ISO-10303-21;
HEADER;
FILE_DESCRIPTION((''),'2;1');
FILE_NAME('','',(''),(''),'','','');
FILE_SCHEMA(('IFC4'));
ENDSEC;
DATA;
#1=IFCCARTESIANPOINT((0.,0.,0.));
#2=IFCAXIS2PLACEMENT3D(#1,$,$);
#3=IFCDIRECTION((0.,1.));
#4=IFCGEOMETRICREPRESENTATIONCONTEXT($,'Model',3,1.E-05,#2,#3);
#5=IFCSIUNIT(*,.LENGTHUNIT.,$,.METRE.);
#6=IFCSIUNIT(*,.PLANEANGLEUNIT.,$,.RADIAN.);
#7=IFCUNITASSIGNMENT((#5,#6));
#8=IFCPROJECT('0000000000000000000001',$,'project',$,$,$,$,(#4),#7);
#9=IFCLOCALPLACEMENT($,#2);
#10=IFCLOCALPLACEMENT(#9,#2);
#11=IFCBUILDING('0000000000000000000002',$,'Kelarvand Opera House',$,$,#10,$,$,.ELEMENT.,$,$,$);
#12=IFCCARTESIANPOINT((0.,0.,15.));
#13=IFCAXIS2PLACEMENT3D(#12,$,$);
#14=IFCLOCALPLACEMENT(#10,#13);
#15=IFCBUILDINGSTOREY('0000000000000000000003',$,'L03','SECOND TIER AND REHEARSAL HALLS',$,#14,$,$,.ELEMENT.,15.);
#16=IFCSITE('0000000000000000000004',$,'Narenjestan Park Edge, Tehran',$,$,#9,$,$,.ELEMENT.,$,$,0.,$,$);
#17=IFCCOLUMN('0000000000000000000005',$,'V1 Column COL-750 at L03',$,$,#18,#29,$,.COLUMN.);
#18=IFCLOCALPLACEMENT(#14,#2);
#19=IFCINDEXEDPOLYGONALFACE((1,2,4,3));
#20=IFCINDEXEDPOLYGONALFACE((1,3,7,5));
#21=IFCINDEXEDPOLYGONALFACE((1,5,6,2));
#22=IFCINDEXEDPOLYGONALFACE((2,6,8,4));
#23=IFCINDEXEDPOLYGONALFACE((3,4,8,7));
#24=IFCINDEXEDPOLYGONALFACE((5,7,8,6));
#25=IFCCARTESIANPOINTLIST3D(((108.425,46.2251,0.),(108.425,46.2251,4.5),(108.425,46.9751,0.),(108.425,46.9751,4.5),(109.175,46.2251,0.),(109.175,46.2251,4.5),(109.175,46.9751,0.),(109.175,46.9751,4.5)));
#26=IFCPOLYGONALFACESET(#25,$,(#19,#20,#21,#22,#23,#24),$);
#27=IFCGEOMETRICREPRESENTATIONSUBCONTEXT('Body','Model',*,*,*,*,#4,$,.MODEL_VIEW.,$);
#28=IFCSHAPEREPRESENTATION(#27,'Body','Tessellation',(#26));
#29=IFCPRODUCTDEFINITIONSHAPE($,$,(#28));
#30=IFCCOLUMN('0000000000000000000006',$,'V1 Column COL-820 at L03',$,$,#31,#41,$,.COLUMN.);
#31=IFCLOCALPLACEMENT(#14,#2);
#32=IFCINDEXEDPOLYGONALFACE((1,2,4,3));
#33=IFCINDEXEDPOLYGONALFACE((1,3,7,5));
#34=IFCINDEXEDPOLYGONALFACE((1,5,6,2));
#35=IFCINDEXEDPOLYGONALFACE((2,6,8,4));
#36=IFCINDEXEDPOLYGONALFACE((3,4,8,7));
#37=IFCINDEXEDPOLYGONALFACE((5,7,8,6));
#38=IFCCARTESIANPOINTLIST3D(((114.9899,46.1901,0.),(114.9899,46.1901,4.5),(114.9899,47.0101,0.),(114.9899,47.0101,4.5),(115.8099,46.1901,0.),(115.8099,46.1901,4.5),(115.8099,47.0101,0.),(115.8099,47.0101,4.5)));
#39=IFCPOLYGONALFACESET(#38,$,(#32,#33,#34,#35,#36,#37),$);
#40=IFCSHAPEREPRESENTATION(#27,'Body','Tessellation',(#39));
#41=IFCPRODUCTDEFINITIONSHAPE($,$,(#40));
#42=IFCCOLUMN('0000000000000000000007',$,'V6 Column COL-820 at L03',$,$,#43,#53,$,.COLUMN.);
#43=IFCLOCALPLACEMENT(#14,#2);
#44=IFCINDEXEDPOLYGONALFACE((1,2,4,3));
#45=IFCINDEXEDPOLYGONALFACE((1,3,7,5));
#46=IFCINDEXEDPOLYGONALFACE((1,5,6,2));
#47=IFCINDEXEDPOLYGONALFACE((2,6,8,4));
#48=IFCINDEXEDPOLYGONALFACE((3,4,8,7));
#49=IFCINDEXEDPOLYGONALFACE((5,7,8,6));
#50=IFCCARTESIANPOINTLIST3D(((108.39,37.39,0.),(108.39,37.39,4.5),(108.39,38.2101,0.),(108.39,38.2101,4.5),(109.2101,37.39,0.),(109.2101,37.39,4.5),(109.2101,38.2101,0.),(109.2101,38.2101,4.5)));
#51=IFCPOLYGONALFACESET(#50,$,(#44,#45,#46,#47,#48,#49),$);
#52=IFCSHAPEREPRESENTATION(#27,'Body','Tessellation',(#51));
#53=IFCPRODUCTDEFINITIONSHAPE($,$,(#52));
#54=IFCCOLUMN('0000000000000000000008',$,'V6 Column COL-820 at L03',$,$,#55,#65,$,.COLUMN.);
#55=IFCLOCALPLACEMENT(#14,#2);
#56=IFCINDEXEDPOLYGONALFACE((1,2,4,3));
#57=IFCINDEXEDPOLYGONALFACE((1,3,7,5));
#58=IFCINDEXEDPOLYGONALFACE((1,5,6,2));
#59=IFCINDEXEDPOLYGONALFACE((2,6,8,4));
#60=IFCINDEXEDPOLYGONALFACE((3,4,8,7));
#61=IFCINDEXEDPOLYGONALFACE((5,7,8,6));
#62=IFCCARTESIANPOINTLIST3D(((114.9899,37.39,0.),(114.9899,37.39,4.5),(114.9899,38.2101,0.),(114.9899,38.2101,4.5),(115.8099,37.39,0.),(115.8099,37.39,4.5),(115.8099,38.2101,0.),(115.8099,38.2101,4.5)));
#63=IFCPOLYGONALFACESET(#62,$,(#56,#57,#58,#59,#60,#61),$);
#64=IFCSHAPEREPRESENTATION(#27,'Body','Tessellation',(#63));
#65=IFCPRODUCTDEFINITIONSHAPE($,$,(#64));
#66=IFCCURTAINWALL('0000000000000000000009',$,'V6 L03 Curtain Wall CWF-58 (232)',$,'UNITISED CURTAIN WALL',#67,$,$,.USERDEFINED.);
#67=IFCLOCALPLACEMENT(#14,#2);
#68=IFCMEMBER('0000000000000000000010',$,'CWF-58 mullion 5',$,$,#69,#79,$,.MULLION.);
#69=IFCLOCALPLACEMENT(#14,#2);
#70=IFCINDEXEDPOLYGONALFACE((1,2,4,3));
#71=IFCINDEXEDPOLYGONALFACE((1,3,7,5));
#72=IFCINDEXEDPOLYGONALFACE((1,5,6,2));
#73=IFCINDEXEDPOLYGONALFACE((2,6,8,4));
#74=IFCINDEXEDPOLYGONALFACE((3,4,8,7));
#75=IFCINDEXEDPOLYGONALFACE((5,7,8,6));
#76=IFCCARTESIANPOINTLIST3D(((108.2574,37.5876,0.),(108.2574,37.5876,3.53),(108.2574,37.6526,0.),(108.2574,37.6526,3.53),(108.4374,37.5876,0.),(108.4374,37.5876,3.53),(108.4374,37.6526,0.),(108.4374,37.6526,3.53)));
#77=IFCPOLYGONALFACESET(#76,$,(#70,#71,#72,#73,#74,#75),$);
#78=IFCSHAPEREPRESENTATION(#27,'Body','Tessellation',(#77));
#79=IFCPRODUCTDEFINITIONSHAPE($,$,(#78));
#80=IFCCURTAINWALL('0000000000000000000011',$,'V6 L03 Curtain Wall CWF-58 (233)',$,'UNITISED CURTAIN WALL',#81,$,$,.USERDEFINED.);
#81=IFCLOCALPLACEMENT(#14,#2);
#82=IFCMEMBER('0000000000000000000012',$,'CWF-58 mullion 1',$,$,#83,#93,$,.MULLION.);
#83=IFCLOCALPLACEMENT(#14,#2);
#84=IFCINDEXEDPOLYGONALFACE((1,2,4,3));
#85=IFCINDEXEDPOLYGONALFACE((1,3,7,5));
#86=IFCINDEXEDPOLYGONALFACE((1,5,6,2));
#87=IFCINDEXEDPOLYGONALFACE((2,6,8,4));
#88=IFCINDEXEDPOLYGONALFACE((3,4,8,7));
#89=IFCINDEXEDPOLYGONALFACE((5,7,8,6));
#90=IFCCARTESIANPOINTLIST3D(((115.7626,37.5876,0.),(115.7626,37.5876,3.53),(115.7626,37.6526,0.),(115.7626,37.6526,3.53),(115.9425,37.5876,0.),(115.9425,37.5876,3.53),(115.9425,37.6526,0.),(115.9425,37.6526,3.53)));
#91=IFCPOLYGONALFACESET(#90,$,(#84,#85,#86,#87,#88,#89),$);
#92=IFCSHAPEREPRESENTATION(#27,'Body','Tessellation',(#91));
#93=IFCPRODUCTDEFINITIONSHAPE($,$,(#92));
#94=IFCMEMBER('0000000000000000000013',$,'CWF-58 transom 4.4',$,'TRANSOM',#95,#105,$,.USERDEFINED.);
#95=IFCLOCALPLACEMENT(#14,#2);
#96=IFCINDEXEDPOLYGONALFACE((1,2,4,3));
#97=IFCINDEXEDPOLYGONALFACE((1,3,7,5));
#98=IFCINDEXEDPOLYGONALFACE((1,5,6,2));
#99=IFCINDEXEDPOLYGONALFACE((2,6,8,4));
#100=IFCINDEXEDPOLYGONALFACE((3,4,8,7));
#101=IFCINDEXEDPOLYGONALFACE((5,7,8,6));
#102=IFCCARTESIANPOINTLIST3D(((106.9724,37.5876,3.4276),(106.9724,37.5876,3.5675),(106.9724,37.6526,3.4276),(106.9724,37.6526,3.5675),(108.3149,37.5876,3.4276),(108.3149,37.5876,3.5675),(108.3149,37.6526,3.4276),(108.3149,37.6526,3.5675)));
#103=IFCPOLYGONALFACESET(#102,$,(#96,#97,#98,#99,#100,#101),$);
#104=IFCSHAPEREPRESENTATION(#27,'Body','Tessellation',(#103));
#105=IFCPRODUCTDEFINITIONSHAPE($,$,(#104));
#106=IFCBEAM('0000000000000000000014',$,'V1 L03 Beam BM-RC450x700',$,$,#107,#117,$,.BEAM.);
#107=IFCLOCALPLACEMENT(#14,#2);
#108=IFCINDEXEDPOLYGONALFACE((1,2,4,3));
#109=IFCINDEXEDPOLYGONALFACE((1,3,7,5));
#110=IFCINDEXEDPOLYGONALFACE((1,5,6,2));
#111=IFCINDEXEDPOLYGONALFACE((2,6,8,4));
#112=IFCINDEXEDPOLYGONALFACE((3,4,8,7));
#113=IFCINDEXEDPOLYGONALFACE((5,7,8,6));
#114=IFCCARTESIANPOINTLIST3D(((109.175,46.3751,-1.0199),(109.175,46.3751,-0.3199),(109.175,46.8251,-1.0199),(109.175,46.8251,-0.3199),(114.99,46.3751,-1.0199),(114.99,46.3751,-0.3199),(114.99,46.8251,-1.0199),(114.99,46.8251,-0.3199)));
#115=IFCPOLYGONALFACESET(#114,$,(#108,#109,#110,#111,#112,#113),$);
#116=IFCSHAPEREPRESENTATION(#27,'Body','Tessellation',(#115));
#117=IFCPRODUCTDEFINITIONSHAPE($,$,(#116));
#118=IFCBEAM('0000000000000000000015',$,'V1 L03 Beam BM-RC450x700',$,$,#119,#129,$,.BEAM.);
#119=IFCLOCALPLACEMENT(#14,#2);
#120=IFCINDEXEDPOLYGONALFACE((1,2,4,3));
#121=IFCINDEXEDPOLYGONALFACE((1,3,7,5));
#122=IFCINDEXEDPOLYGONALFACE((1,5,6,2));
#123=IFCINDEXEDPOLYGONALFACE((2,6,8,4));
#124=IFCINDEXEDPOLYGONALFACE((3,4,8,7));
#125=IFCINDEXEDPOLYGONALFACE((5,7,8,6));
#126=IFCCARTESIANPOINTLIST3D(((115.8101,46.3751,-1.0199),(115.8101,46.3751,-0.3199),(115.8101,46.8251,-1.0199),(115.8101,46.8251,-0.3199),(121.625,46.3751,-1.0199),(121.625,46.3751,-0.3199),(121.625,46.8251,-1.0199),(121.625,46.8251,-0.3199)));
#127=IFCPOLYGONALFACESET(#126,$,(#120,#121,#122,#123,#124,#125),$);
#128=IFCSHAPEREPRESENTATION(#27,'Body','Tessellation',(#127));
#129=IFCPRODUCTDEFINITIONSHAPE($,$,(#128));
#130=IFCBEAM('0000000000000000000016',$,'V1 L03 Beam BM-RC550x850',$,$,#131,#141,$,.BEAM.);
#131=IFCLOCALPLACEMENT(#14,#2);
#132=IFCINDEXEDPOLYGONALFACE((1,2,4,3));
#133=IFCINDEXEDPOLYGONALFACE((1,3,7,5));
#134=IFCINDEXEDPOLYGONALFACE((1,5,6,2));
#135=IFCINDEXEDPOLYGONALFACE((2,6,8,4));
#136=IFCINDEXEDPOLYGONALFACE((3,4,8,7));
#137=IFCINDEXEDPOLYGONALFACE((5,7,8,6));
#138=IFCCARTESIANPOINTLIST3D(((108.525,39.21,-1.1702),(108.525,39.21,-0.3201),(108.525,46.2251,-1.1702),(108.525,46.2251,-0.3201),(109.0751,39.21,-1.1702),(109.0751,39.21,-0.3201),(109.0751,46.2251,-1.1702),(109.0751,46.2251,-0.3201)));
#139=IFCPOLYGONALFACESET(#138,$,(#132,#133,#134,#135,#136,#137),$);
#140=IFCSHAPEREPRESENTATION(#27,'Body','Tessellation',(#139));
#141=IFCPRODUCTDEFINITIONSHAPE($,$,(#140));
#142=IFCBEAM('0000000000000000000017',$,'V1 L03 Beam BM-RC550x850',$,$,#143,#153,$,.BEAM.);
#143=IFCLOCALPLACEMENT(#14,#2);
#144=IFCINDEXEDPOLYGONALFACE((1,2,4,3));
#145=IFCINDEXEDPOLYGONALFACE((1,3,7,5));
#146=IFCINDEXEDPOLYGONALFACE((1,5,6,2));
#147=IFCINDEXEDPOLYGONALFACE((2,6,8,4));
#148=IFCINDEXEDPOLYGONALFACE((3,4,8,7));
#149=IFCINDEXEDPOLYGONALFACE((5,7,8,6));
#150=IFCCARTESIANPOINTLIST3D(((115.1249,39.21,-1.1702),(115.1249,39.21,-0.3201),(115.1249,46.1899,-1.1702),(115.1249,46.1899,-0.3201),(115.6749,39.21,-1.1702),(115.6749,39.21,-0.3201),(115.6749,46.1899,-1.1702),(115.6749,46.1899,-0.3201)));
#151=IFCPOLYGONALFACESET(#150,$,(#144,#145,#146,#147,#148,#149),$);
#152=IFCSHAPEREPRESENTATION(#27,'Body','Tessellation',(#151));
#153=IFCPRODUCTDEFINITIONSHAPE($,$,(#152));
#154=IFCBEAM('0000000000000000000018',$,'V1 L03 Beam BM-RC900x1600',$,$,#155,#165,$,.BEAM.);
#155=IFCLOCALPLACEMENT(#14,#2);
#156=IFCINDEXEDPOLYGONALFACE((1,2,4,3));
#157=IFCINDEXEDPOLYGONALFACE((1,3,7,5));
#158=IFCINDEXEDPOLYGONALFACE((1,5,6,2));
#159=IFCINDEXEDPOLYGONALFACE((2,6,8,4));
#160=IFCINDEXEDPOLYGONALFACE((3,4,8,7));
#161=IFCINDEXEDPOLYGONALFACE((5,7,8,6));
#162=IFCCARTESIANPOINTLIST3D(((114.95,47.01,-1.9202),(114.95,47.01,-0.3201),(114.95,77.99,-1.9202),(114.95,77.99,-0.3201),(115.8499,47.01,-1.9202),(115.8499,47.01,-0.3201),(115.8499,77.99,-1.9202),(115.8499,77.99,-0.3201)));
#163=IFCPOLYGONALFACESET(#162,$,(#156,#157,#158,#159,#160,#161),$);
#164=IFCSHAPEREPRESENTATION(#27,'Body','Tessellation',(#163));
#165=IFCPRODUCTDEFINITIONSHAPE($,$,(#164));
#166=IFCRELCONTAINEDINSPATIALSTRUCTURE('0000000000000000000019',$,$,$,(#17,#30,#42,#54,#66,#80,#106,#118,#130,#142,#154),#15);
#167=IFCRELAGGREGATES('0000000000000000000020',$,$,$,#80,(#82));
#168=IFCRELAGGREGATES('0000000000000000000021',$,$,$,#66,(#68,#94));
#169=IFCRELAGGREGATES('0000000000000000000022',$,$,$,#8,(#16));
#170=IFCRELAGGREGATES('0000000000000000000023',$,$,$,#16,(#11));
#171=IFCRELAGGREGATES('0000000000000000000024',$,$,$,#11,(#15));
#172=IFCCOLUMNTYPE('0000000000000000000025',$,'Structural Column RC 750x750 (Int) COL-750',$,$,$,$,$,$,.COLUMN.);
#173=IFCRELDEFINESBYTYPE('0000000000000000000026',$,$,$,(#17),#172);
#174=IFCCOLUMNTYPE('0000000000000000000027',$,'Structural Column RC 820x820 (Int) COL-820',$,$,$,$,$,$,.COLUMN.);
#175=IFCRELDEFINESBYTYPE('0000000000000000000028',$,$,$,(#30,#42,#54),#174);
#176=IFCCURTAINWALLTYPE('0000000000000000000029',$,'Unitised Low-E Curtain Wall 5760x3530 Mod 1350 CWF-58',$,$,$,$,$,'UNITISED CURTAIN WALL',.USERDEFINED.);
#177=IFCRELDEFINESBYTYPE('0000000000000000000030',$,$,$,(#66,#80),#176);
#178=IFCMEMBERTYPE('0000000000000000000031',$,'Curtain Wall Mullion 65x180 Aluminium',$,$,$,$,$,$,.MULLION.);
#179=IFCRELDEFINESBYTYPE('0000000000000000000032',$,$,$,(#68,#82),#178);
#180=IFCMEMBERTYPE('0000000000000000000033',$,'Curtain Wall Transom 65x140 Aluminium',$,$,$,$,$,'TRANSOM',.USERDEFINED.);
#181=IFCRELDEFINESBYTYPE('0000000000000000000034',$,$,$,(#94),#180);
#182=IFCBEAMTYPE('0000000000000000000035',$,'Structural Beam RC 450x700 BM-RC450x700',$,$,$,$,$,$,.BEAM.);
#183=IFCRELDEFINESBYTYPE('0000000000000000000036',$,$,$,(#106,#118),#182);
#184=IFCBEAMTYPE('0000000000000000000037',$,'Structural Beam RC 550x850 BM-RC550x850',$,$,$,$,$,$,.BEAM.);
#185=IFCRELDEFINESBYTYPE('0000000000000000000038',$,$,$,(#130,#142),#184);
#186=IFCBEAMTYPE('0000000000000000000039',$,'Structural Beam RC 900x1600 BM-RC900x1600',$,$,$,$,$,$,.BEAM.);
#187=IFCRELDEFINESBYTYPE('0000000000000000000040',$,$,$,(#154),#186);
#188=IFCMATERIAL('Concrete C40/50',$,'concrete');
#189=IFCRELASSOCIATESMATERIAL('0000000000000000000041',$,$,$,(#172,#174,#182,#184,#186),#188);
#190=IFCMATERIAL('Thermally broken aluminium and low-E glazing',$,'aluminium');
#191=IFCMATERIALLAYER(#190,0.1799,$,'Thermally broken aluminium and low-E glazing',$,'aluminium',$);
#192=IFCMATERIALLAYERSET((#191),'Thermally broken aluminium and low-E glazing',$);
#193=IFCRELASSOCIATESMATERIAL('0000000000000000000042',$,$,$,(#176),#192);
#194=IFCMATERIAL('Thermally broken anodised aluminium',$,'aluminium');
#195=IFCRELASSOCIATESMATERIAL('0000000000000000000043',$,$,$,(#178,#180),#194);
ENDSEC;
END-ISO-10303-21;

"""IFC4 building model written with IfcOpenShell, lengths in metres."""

from ifc_helpers import new_model, si_unit, direction, frame, origin, origin_2d, place, context, subcontext, project, spatial, rectangle, extrude, material, layer, layer_set, material_profile, profile_set, type_object, element, aggregate, save


model = new_model("IFC4")

# Units and contexts
model_context = context("Model", 3, precision=1e-05, world=origin(), true_north=direction((0.0, 1.0)))
body_context = subcontext(model_context, "Body", "Model", "MODEL_VIEW")
ifc_project = project(units=[si_unit("LENGTHUNIT", "METRE"), si_unit("PLANEANGLEUNIT", "RADIAN")], contexts=[model_context])

# Site, building, storey
site_placement = place(None, origin())
site = spatial("IfcSite", under=ifc_project, at=site_placement, Name="Narenjestan Park Edge, Tehran", CompositionType="ELEMENT", RefElevation=0.0)
building_placement = place(site_placement, origin())
building = spatial("IfcBuilding", under=site, at=building_placement, Name="Kelarvand Opera House", CompositionType="ELEMENT")
storey_placement = place(building_placement, frame((0.0, 0.0, 15.0)))
storey = spatial("IfcBuildingStorey", under=building, at=storey_placement, Name="L03", Description="SECOND TIER AND REHEARSAL HALLS", CompositionType="ELEMENT", Elevation=15.0)

# Columns
ifc_material_1 = material(Name="Concrete C40/50", Category="concrete")
ifc_material_profile_1 = material_profile(ifc_material_1, rectangle(XDim=0.75, YDim=0.75, at=origin_2d()), Name="RC 750x750", Category="concrete")
ifc_profile_set_1 = profile_set([ifc_material_profile_1], Name="Concrete C40/50")
column_type_1 = type_object("IfcColumnType", Name="Structural Column RC 750x750 (Int) COL-750", PredefinedType="COLUMN", material=ifc_profile_set_1)
column_placement = place(storey_placement, frame((108.8, 46.6001, 0.0), z_axis=(0.0, 0.0, 1.0), x_axis=(1.0, 0.0, 0.0)))
element("IfcColumn", 1, at=column_placement, inside=storey, type_object=column_type_1, Name="V1 Column COL-750 at L03", PredefinedType="COLUMN", context=body_context, shape_type="SweptSolid", body=[
    extrude(rectangle(XDim=0.75, YDim=0.75, at=origin_2d()), origin(), (0.0, 0.0, 1.0), 4.5),
])
ifc_material_profile_2 = material_profile(ifc_material_1, rectangle(XDim=0.8201, YDim=0.8201, at=origin_2d()), Name="RC 820x820", Category="concrete")
ifc_profile_set_2 = profile_set([ifc_material_profile_2], Name="Concrete C40/50")
column_type_2 = type_object("IfcColumnType", Name="Structural Column RC 820x820 (Int) COL-820", PredefinedType="COLUMN", material=ifc_profile_set_2)
for number, where, z_axis, x_axis, name in (
    (2, (115.3999, 46.6001, 0.0), (0.0, 0.0, 1.0), (1.0, 0.0, 0.0), "V1 Column COL-820 at L03"),
    (3, (108.8, 37.8, 0.0), (0.0, 0.0, 1.0), (1.0, 0.0, 0.0), "V6 Column COL-820 at L03"),
    (4, (115.3999, 37.8, 0.0), (0.0, 0.0, 1.0), (1.0, 0.0, 0.0), "V6 Column COL-820 at L03"),
):
    element("IfcColumn", number, at=place(storey_placement, frame(where, z_axis=z_axis, x_axis=x_axis)), inside=storey, type_object=column_type_2, Name=name, PredefinedType="COLUMN", context=body_context, shape_type="SweptSolid", body=[
        extrude(rectangle(XDim=0.8201, YDim=0.8201, at=origin_2d()), origin(), (0.0, 0.0, 1.0), 4.5),
    ])

# Curtain walls, members
ifc_material_2 = material(Name="Thermally broken aluminium and low-E glazing", Category="aluminium")
ifc_layer_1 = layer(ifc_material_2, 0.1799, Name="Thermally broken aluminium and low-E glazing", Category="aluminium")
ifc_layer_set_1 = layer_set([ifc_layer_1], Name="Thermally broken aluminium and low-E glazing")
curtain_wall_type = type_object("IfcCurtainWallType", Name="Unitised Low-E Curtain Wall 5760x3530 Mod 1350 CWF-58", ElementType="UNITISED CURTAIN WALL", PredefinedType="USERDEFINED", material=ifc_layer_set_1)
curtain_wall_1_placement = place(storey_placement, origin())
curtain_wall_1 = element("IfcCurtainWall", 5, at=curtain_wall_1_placement, inside=storey, type_object=curtain_wall_type, Name="V6 L03 Curtain Wall CWF-58 (232)", ObjectType="UNITISED CURTAIN WALL", PredefinedType="USERDEFINED")
ifc_material_3 = material(Name="Thermally broken anodised aluminium", Category="aluminium")
ifc_material_profile_3 = material_profile(ifc_material_3, rectangle(XDim=0.0649, YDim=0.1799, at=origin_2d()), Name="ALU MULLION 65x180", Category="aluminium")
ifc_profile_set_3 = profile_set([ifc_material_profile_3], Name="Thermally broken anodised aluminium")
member_type_1 = type_object("IfcMemberType", Name="Curtain Wall Mullion 65x180 Aluminium", PredefinedType="MULLION", material=ifc_profile_set_3)
member_1_placement = place(storey_placement, frame((108.3474, 37.6201, 0.0), z_axis=(0.0, 0.0, 1.0), x_axis=(0.0, 1.0, 0.0)))
member_1 = element("IfcMember", 6, at=member_1_placement, type_object=member_type_1, Name="CWF-58 mullion 5", PredefinedType="MULLION", context=body_context, shape_type="SweptSolid", body=[
    extrude(rectangle(XDim=0.0649, YDim=0.1799, at=origin_2d()), origin(), (0.0, 0.0, 1.0), 3.53),
])
curtain_wall_2_placement = place(storey_placement, origin())
curtain_wall_2 = element("IfcCurtainWall", 7, at=curtain_wall_2_placement, inside=storey, type_object=curtain_wall_type, Name="V6 L03 Curtain Wall CWF-58 (233)", ObjectType="UNITISED CURTAIN WALL", PredefinedType="USERDEFINED")
member_2_placement = place(storey_placement, frame((115.8525, 37.6201, 0.0), z_axis=(0.0, 0.0, 1.0), x_axis=(0.0, 1.0, 0.0)))
member_2 = element("IfcMember", 8, at=member_2_placement, type_object=member_type_1, Name="CWF-58 mullion 1", PredefinedType="MULLION", context=body_context, shape_type="SweptSolid", body=[
    extrude(rectangle(XDim=0.0649, YDim=0.1799, at=origin_2d()), origin(), (0.0, 0.0, 1.0), 3.53),
])
aggregate(curtain_wall_2, [member_2])

# Member
ifc_material_profile_4 = material_profile(ifc_material_3, rectangle(XDim=0.0649, YDim=0.1399, at=origin_2d()), Name="ALU TRANSOM 65x140", Category="aluminium")
ifc_profile_set_4 = profile_set([ifc_material_profile_4], Name="Thermally broken anodised aluminium")
member_type_2 = type_object("IfcMemberType", Name="Curtain Wall Transom 65x140 Aluminium", ElementType="TRANSOM", PredefinedType="USERDEFINED", material=ifc_profile_set_4)
member_3_placement = place(storey_placement, frame((106.9724, 37.6201, 3.4976), z_axis=(1.0, 0.0, 0.0), x_axis=(0.0, 1.0, 0.0)))
member_3 = element("IfcMember", 9, at=member_3_placement, type_object=member_type_2, Name="CWF-58 transom 4.4", ObjectType="TRANSOM", PredefinedType="USERDEFINED", context=body_context, shape_type="SweptSolid", body=[
    extrude(rectangle(XDim=0.0649, YDim=0.1399, at=origin_2d()), origin(), (0.0, 0.0, 1.0), 1.3425),
])

# Beams
ifc_material_profile_5 = material_profile(ifc_material_1, rectangle(XDim=0.45, YDim=0.7, at=origin_2d()), Name="RC 450x700", Category="concrete")
ifc_profile_set_5 = profile_set([ifc_material_profile_5], Name="Concrete C40/50")
beam_type_1 = type_object("IfcBeamType", Name="Structural Beam RC 450x700 BM-RC450x700", PredefinedType="BEAM", material=ifc_profile_set_5)
for number, where, z_axis, x_axis, name in (
    (10, (109.175, 46.6001, -0.6699), (1.0, 0.0, 0.0), (0.0, 1.0, 0.0), "V1 L03 Beam BM-RC450x700"),
    (11, (115.8101, 46.6001, -0.6699), (1.0, 0.0, 0.0), (0.0, 1.0, 0.0), "V1 L03 Beam BM-RC450x700"),
):
    element("IfcBeam", number, at=place(storey_placement, frame(where, z_axis=z_axis, x_axis=x_axis)), inside=storey, type_object=beam_type_1, Name=name, PredefinedType="BEAM", context=body_context, shape_type="SweptSolid", body=[
        extrude(rectangle(XDim=0.45, YDim=0.7, at=origin_2d()), origin(), (0.0, 0.0, 1.0), 5.8149),
    ])
ifc_material_profile_6 = material_profile(ifc_material_1, rectangle(XDim=0.55, YDim=0.8501, at=origin_2d()), Name="RC 550x850", Category="concrete")
ifc_profile_set_6 = profile_set([ifc_material_profile_6], Name="Concrete C40/50")
beam_type_2 = type_object("IfcBeamType", Name="Structural Beam RC 550x850 BM-RC550x850", PredefinedType="BEAM", material=ifc_profile_set_6)
beam_1_placement = place(storey_placement, frame((108.8, 39.21, -0.7451), z_axis=(0.0, 1.0, 0.0), x_axis=(-1.0, 0.0, 0.0)))
element("IfcBeam", 12, at=beam_1_placement, inside=storey, type_object=beam_type_2, Name="V1 L03 Beam BM-RC550x850", PredefinedType="BEAM", context=body_context, shape_type="SweptSolid", body=[
    extrude(rectangle(XDim=0.55, YDim=0.8501, at=origin_2d()), origin(), (0.0, 0.0, 1.0), 7.0151),
])
beam_2_placement = place(storey_placement, frame((115.3999, 39.21, -0.7451), z_axis=(0.0, 1.0, 0.0), x_axis=(-1.0, 0.0, 0.0)))
element("IfcBeam", 13, at=beam_2_placement, inside=storey, type_object=beam_type_2, Name="V1 L03 Beam BM-RC550x850", PredefinedType="BEAM", context=body_context, shape_type="SweptSolid", body=[
    extrude(rectangle(XDim=0.55, YDim=0.8501, at=origin_2d()), origin(), (0.0, 0.0, 1.0), 6.98),
])
ifc_material_profile_7 = material_profile(ifc_material_1, rectangle(XDim=0.8999, YDim=1.6001, at=origin_2d()), Name="RC 900x1600", Category="concrete")
ifc_profile_set_7 = profile_set([ifc_material_profile_7], Name="Concrete C40/50")
beam_type_3 = type_object("IfcBeamType", Name="Structural Beam RC 900x1600 BM-RC900x1600", PredefinedType="BEAM", material=ifc_profile_set_7)
beam_3_placement = place(storey_placement, frame((115.3999, 47.01, -1.1201), z_axis=(0.0, 1.0, 0.0), x_axis=(-1.0, 0.0, 0.0)))
element("IfcBeam", 14, at=beam_3_placement, inside=storey, type_object=beam_type_3, Name="V1 L03 Beam BM-RC900x1600", PredefinedType="BEAM", context=body_context, shape_type="SweptSolid", body=[
    extrude(rectangle(XDim=0.8999, YDim=1.6001, at=origin_2d()), origin(), (0.0, 0.0, 1.0), 30.98),
])

aggregate(curtain_wall_1, [member_1, member_3])

save(model, "model.ifc")
